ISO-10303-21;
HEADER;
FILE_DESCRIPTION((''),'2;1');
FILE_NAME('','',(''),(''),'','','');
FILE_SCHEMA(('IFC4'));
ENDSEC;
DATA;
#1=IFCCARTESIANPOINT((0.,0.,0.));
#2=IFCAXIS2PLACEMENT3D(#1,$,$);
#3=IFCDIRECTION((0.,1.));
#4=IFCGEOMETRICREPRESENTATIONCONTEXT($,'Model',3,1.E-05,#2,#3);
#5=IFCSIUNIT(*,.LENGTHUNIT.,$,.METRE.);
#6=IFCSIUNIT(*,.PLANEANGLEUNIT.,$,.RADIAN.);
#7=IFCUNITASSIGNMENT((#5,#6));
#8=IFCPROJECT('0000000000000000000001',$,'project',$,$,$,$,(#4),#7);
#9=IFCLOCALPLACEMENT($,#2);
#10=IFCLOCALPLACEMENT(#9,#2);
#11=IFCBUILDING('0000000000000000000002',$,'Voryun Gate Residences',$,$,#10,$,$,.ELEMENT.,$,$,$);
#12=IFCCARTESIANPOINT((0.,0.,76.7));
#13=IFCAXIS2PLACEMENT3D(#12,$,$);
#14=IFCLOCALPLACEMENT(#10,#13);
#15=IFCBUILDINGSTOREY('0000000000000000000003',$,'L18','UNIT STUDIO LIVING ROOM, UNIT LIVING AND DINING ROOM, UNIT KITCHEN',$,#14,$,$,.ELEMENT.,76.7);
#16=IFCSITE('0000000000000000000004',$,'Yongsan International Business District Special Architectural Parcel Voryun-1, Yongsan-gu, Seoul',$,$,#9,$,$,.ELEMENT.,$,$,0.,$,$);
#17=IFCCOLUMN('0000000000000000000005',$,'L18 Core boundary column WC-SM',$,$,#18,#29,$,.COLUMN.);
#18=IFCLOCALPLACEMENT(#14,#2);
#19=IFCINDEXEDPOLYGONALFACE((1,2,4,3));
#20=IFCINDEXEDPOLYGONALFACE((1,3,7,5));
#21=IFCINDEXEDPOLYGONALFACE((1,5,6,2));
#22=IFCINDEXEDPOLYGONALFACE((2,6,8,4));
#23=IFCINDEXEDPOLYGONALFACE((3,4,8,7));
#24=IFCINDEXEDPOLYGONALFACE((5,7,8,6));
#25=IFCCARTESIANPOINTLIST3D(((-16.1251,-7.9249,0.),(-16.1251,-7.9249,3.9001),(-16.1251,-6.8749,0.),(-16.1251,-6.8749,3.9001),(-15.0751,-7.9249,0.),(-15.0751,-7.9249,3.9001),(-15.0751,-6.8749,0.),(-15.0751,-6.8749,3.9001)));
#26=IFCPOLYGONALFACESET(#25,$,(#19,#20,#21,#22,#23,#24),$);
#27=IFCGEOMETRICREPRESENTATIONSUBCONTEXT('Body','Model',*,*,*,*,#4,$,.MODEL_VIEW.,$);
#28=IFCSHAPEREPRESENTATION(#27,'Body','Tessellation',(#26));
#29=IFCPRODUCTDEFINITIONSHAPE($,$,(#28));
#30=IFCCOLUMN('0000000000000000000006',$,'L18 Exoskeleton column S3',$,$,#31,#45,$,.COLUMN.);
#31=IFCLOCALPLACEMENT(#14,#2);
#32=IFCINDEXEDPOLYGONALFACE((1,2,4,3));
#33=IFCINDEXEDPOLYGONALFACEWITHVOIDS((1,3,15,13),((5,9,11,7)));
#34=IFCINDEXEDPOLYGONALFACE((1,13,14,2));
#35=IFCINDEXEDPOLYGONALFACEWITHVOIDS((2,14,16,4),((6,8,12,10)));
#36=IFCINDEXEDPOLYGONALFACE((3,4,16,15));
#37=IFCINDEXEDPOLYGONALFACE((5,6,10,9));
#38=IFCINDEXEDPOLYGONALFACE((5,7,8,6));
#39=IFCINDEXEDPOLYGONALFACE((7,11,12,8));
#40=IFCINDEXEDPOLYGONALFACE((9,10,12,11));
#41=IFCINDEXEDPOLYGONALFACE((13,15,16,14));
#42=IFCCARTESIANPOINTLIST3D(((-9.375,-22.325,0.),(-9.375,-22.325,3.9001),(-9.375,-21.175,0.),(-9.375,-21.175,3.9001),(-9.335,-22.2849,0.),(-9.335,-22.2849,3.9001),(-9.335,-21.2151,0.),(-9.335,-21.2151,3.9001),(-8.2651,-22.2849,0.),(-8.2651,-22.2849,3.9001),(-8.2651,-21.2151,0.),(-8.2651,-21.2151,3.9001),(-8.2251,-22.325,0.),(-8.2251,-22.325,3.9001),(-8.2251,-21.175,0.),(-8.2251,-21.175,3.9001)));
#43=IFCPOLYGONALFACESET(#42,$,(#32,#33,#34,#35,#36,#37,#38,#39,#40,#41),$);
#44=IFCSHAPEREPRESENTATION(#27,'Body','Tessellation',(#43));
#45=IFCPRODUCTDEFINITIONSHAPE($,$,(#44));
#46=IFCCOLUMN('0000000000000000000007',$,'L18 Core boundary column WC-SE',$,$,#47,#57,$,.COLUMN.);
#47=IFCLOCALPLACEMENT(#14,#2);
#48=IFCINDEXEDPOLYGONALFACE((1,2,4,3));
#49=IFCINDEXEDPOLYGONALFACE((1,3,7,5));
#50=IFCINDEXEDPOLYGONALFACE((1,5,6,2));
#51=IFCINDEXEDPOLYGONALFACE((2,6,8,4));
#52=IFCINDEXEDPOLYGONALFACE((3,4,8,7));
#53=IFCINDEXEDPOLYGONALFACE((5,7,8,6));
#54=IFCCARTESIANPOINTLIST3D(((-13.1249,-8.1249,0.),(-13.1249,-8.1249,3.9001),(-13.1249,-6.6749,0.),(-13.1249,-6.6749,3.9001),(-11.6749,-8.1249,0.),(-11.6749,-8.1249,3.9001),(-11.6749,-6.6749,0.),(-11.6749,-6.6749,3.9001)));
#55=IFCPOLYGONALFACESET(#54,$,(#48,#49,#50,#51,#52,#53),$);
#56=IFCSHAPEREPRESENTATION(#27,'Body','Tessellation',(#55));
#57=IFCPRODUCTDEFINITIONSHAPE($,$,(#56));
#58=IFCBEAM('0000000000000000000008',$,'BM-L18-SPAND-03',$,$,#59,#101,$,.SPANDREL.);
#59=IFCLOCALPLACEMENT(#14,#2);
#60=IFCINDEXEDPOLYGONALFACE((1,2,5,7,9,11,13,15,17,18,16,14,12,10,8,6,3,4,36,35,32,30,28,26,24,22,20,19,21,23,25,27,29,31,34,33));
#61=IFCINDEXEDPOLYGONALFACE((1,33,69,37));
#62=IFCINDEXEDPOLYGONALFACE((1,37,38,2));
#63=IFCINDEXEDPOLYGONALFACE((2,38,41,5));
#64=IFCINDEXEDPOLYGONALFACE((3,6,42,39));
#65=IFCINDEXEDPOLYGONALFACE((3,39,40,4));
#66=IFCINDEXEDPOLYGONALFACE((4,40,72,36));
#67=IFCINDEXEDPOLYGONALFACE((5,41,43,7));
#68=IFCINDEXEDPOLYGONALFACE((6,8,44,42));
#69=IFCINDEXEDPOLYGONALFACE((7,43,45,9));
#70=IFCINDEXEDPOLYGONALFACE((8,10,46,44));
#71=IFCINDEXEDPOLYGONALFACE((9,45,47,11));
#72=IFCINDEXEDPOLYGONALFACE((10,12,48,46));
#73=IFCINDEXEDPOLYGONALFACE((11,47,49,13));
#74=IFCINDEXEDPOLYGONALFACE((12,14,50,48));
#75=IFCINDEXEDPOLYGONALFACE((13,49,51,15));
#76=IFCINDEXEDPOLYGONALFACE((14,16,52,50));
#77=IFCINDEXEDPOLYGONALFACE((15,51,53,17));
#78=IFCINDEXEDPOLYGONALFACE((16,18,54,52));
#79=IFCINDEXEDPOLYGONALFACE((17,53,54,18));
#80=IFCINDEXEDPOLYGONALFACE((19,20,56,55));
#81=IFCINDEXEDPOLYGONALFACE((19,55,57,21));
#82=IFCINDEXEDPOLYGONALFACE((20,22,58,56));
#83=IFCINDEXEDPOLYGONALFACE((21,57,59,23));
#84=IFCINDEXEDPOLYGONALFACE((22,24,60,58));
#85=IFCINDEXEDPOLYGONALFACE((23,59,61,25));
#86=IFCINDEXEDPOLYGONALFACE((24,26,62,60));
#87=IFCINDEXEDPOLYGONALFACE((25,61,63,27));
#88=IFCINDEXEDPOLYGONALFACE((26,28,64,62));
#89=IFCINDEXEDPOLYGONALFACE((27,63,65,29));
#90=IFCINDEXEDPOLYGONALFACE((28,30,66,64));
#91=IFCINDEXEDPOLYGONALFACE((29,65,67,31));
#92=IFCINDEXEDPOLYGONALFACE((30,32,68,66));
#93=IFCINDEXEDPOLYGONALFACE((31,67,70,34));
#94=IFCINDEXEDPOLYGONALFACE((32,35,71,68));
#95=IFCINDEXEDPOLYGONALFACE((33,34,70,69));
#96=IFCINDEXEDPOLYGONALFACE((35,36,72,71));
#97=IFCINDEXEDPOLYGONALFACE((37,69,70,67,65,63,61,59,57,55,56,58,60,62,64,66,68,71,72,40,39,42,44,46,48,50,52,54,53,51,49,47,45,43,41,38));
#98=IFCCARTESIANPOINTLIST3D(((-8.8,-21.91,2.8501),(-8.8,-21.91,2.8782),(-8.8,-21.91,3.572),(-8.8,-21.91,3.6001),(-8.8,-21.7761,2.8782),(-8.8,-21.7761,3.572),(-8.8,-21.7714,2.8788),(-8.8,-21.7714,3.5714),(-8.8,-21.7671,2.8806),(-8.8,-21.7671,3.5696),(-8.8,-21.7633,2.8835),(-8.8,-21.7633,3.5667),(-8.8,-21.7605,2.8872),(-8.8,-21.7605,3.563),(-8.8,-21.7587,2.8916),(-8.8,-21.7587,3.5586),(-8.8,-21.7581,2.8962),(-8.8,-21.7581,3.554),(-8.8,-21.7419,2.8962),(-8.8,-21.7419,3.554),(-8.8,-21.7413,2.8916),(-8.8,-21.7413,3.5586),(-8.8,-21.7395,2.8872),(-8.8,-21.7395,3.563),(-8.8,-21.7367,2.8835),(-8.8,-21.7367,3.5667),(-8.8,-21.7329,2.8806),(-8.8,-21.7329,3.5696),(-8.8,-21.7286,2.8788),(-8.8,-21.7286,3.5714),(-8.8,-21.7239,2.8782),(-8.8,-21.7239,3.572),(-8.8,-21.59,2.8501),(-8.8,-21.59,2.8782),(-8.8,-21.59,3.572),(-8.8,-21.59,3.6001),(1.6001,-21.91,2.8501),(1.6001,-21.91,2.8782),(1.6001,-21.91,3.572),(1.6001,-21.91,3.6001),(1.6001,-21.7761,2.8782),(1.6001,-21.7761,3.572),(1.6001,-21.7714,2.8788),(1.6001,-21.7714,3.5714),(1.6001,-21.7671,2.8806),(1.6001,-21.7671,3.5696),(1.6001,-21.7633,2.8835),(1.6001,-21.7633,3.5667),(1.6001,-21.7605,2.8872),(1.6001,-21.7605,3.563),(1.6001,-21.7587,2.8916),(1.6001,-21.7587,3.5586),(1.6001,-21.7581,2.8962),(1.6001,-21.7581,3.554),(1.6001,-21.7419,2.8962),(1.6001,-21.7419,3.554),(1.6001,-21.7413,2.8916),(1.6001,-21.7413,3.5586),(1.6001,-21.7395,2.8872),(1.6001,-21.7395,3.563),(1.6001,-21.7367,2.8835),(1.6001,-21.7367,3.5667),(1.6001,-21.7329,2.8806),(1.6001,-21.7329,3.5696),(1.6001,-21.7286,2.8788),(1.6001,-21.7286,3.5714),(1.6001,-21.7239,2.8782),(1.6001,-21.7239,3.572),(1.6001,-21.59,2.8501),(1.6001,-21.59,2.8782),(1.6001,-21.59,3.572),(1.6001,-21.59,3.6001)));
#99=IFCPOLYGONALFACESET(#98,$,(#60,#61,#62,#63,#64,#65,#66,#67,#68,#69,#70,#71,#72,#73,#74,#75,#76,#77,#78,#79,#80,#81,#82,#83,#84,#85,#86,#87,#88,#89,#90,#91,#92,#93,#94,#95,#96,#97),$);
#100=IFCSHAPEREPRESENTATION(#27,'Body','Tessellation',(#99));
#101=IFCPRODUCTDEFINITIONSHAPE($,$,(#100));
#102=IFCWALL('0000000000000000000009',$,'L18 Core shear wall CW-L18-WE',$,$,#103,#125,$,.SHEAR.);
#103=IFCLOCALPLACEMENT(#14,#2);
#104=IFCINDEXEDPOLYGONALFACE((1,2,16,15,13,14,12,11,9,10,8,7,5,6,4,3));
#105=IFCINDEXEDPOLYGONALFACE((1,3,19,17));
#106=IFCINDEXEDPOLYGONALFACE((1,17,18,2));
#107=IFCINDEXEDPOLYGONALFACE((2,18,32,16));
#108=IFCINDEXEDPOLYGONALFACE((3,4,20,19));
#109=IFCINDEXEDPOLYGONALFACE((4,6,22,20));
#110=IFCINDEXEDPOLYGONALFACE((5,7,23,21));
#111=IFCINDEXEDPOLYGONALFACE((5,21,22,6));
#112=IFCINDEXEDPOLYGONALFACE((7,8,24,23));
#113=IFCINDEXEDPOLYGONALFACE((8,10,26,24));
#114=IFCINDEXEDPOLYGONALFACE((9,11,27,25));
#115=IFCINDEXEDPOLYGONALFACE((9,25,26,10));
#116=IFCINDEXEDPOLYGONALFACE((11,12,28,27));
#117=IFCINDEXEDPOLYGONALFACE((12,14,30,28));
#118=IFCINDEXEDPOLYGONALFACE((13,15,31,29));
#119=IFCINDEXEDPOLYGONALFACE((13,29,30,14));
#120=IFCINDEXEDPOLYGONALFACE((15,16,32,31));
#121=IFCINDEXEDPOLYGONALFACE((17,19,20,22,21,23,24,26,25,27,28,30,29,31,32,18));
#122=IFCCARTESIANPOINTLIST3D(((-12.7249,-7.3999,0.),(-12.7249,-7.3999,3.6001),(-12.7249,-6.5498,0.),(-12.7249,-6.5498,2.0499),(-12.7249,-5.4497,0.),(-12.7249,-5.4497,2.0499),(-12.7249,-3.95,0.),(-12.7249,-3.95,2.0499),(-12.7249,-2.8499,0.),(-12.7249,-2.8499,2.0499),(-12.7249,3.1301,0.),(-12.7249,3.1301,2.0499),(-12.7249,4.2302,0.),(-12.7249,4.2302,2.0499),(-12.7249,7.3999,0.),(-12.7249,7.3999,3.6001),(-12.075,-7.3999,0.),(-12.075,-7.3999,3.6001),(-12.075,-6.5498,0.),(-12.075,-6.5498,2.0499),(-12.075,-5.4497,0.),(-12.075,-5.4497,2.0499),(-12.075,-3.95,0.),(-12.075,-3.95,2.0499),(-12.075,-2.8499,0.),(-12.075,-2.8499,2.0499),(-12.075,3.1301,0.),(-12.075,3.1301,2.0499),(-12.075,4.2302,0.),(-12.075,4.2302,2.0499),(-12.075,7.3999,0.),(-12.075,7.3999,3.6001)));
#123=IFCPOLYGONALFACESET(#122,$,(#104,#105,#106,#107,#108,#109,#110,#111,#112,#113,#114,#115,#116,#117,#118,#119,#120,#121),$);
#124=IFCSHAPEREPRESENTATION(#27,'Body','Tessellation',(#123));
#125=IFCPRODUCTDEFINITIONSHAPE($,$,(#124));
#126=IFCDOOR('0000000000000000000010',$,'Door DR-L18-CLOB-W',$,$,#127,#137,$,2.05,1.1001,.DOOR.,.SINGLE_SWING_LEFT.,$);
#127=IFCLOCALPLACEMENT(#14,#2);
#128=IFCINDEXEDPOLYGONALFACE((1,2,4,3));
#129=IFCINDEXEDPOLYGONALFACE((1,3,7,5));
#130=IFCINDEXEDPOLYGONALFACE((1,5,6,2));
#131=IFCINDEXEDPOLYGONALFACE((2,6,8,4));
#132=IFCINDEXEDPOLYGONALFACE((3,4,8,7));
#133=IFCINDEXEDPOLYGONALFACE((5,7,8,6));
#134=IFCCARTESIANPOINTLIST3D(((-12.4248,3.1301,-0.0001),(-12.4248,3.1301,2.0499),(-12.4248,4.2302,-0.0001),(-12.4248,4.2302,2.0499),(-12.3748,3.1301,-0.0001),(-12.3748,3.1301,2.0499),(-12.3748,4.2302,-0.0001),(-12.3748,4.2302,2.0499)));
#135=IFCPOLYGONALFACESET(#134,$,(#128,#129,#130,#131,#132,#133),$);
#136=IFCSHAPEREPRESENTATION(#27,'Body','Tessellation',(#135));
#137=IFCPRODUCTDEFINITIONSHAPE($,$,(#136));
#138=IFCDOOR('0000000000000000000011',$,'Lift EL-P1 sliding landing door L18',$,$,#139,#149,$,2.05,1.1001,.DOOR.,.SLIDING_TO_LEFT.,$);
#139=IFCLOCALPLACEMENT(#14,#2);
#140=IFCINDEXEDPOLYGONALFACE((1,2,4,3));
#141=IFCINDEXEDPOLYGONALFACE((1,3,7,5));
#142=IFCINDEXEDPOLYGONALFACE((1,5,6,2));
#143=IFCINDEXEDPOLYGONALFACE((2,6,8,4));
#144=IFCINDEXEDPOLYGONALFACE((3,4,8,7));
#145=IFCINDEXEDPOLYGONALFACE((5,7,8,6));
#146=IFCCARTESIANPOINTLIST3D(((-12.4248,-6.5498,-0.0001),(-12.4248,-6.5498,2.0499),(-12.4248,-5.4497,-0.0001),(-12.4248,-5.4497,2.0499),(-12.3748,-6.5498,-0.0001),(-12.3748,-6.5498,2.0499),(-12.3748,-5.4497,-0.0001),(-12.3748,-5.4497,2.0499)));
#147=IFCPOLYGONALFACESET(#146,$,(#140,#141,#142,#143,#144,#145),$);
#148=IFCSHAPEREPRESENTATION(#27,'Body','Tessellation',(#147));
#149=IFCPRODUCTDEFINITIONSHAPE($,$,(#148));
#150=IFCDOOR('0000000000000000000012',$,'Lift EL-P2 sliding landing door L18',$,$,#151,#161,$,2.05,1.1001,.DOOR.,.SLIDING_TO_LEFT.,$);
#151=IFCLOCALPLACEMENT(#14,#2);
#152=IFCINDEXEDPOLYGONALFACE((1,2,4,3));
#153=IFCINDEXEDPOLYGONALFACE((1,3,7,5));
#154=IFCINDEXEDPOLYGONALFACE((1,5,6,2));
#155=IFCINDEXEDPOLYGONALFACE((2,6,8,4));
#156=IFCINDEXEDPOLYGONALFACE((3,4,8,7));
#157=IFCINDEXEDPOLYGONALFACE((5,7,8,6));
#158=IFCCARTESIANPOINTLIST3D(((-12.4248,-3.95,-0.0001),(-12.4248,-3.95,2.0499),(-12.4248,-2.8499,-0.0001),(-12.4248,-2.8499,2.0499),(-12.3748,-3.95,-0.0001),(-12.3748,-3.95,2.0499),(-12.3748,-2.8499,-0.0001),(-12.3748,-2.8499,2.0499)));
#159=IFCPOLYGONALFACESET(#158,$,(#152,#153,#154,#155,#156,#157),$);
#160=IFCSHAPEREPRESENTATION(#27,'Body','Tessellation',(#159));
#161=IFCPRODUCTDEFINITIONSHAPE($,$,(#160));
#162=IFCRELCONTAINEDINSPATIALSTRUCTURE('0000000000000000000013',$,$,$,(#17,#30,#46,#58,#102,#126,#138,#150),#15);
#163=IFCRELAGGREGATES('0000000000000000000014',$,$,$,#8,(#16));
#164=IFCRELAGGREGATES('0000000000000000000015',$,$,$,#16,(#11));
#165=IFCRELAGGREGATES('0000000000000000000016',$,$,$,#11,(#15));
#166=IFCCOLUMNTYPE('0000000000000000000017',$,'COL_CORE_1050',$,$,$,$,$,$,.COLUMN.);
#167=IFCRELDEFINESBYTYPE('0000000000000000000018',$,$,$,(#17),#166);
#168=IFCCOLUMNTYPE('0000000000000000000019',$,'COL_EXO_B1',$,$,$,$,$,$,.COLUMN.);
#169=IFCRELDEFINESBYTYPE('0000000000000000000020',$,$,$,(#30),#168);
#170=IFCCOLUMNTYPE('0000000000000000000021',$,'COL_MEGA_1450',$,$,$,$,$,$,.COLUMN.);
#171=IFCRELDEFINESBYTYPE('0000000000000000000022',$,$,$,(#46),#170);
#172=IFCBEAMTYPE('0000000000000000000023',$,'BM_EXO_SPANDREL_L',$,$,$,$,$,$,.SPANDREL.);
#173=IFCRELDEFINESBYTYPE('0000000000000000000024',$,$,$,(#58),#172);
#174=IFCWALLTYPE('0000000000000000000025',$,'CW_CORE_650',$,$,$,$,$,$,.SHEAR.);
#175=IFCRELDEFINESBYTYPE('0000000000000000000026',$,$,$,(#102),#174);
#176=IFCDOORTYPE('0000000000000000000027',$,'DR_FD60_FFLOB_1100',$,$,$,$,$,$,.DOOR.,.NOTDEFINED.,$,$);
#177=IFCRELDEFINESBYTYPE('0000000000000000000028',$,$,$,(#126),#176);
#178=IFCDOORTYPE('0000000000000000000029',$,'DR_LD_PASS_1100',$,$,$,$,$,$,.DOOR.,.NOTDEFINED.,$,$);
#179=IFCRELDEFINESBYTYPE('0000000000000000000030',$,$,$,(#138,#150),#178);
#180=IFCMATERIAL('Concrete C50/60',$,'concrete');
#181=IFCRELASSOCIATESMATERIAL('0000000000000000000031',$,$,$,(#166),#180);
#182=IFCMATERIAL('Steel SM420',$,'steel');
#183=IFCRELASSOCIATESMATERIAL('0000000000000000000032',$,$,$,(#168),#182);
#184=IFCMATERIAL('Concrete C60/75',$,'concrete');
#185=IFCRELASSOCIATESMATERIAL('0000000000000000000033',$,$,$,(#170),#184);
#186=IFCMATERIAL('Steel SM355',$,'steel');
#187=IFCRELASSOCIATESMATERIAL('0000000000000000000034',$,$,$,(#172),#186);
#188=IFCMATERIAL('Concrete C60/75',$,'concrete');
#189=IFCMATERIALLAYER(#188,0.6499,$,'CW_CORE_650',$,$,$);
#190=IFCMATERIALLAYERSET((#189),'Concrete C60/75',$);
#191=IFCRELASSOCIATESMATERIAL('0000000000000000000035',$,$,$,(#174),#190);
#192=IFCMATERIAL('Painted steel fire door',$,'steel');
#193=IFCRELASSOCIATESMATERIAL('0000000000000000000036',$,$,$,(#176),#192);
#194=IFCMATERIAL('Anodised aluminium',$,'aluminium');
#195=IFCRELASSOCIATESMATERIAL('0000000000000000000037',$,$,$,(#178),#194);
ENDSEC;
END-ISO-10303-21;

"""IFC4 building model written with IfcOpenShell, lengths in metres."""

from ifc_helpers import new_model, si_unit, direction, frame, frame_2d, origin, origin_2d, place, context, subcontext, project, spatial, rectangle, hollow_rectangle, i_section, extrude, material, layer, layer_set, material_profile, profile_set, type_object, element, fill, save


model = new_model("IFC4")

# Units and contexts
model_context = context("Model", 3, precision=1e-05, world=origin(), true_north=direction((0.0, 1.0)))
body_context = subcontext(model_context, "Body", "Model", "MODEL_VIEW")
ifc_project = project(units=[si_unit("LENGTHUNIT", "METRE"), si_unit("PLANEANGLEUNIT", "RADIAN")], contexts=[model_context])

# Site, building, storey
site_placement = place(None, origin())
site = spatial("IfcSite", under=ifc_project, at=site_placement, Name="Yongsan International Business District Special Architectural Parcel Voryun-1, Yongsan-gu, Seoul", CompositionType="ELEMENT", RefElevation=0.0)
building_placement = place(site_placement, origin())
building = spatial("IfcBuilding", under=site, at=building_placement, Name="Voryun Gate Residences", CompositionType="ELEMENT")
storey_placement = place(building_placement, frame((0.0, 0.0, 76.7)))
storey = spatial("IfcBuildingStorey", under=building, at=storey_placement, Name="L18", Description="UNIT STUDIO LIVING ROOM, UNIT LIVING AND DINING ROOM, UNIT KITCHEN", CompositionType="ELEMENT", Elevation=76.7)

# Columns
ifc_material_1 = material(Name="Concrete C50/60", Category="concrete")
ifc_material_profile_1 = material_profile(ifc_material_1, rectangle(XDim=1.05, YDim=1.05, at=origin_2d()), Name="RC-1050x1050")
ifc_profile_set_1 = profile_set([ifc_material_profile_1], Name="Concrete C50/60")
column_type_1 = type_object("IfcColumnType", Name="COL_CORE_1050", PredefinedType="COLUMN", material=ifc_profile_set_1)
column_1_placement = place(storey_placement, frame((-15.6001, -7.3999, 0.0), z_axis=(0.0, 0.0, 1.0), x_axis=(1.0, 0.0, 0.0)))
element("IfcColumn", 1, at=column_1_placement, inside=storey, type_object=column_type_1, Name="L18 Core boundary column WC-SM", PredefinedType="COLUMN", context=body_context, shape_type="SweptSolid", body=[
    extrude(rectangle(XDim=1.05, YDim=1.05, at=origin_2d()), origin(), (0.0, 0.0, 1.0), 3.9001),
])
ifc_material_2 = material(Name="Steel SM420", Category="steel")
ifc_material_profile_2 = material_profile(ifc_material_2, hollow_rectangle(XDim=1.1499, YDim=1.1499, WallThickness=0.04, at=origin_2d()), Name="BOX-1150x1150x40")
ifc_profile_set_2 = profile_set([ifc_material_profile_2], Name="Steel SM420")
column_type_2 = type_object("IfcColumnType", Name="COL_EXO_B1", PredefinedType="COLUMN", material=ifc_profile_set_2)
column_2_placement = place(storey_placement, frame((-8.8, -21.75, 0.0), z_axis=(0.0, 0.0, 1.0), x_axis=(1.0, 0.0, 0.0)))
element("IfcColumn", 2, at=column_2_placement, inside=storey, type_object=column_type_2, Name="L18 Exoskeleton column S3", PredefinedType="COLUMN", context=body_context, shape_type="SweptSolid", body=[
    extrude(hollow_rectangle(XDim=1.1499, YDim=1.1499, WallThickness=0.04, at=origin_2d()), origin(), (0.0, 0.0, 1.0), 3.9001),
])
ifc_material_3 = material(Name="Concrete C60/75", Category="concrete")
ifc_material_profile_3 = material_profile(ifc_material_3, rectangle(XDim=1.45, YDim=1.45, at=origin_2d()), Name="RC-1450x1450")
ifc_profile_set_3 = profile_set([ifc_material_profile_3], Name="Concrete C60/75")
column_type_3 = type_object("IfcColumnType", Name="COL_MEGA_1450", PredefinedType="COLUMN", material=ifc_profile_set_3)
column_3_placement = place(storey_placement, frame((-12.3999, -7.3999, 0.0), z_axis=(0.0, 0.0, 1.0), x_axis=(1.0, 0.0, 0.0)))
element("IfcColumn", 3, at=column_3_placement, inside=storey, type_object=column_type_3, Name="L18 Core boundary column WC-SE", PredefinedType="COLUMN", context=body_context, shape_type="SweptSolid", body=[
    extrude(rectangle(XDim=1.45, YDim=1.45, at=origin_2d()), origin(), (0.0, 0.0, 1.0), 3.9001),
])

# Beam
ifc_material_4 = material(Name="Steel SM355", Category="steel")
ifc_material_profile_4 = material_profile(ifc_material_4, i_section(OverallWidth=0.3201, OverallDepth=0.75, WebThickness=0.0161, FlangeThickness=0.0281, FilletRadius=0.0181, at=origin_2d()), Name="H-750x320x16x28")
ifc_profile_set_4 = profile_set([ifc_material_profile_4], Name="Steel SM355")
beam_type = type_object("IfcBeamType", Name="BM_EXO_SPANDREL_L", PredefinedType="SPANDREL", material=ifc_profile_set_4)
beam_placement = place(storey_placement, frame((-8.8, -21.75, 3.2251), z_axis=(1.0, 0.0, 0.0), x_axis=(0.0, 1.0, 0.0)))
element("IfcBeam", 4, at=beam_placement, inside=storey, type_object=beam_type, Name="BM-L18-SPAND-03", PredefinedType="SPANDREL", context=body_context, shape_type="SweptSolid", body=[
    extrude(i_section(OverallWidth=0.3201, OverallDepth=0.75, WebThickness=0.0161, FlangeThickness=0.0281, FilletRadius=0.0181, at=origin_2d()), origin(), (0.0, 0.0, 1.0), 10.4001),
])

# Wall, openings, doors
ifc_material_5 = material(Name="Concrete C60/75", Category="concrete")
ifc_layer_1 = layer(ifc_material_5, 0.6499, Name="CW_CORE_650")
ifc_layer_set_1 = layer_set([ifc_layer_1], Name="Concrete C60/75")
wall_type_1 = type_object("IfcWallType", Name="CW_CORE_650", PredefinedType="SHEAR", material=ifc_layer_set_1)
wall_1_placement = place(storey_placement, frame((-12.3999, -7.3999, 0.0), z_axis=(0.0, 0.0, 1.0), x_axis=(0.0, 1.0, 0.0)))
wall_1 = element("IfcWall", 5, at=wall_1_placement, inside=storey, type_object=wall_type_1, Name="L18 Core shear wall CW-L18-WE", PredefinedType="SHEAR", context=body_context, shape_type="SweptSolid", body=[
    extrude(rectangle(XDim=14.7998, YDim=0.6499, at=frame_2d((7.3999, 0.0))), origin(), (0.0, 0.0, 1.0), 3.6001),
])
opening_1_placement = place(wall_1_placement, frame((0.8501, 0.0, 0.0)))
opening_1 = element("IfcOpeningElement", 6, at=opening_1_placement, cuts=wall_1, PredefinedType="OPENING", context=body_context, shape_type="SweptSolid", body=[
    extrude(rectangle(XDim=1.1001, YDim=2.05, at=frame_2d((0.55, 1.0249))), frame((0.0, 0.335, 0.0), z_axis=(0.0, -1.0, 0.0), x_axis=(1.0, 0.0, 0.0)), (0.0, 0.0, 1.0), 0.6699),
])
opening_2_placement = place(wall_1_placement, frame((3.45, 0.0, 0.0)))
opening_2 = element("IfcOpeningElement", 7, at=opening_2_placement, cuts=wall_1, PredefinedType="OPENING", context=body_context, shape_type="SweptSolid", body=[
    extrude(rectangle(XDim=1.1001, YDim=2.05, at=frame_2d((0.55, 1.0249))), frame((0.0, 0.335, 0.0), z_axis=(0.0, -1.0, 0.0), x_axis=(1.0, 0.0, 0.0)), (0.0, 0.0, 1.0), 0.6699),
])
opening_3_placement = place(wall_1_placement, frame((10.53, 0.0, 0.0)))
opening_3 = element("IfcOpeningElement", 8, at=opening_3_placement, cuts=wall_1, PredefinedType="OPENING", context=body_context, shape_type="SweptSolid", body=[
    extrude(rectangle(XDim=1.1001, YDim=2.05, at=frame_2d((0.55, 1.0249))), frame((0.0, 0.335, 0.0), z_axis=(0.0, -1.0, 0.0), x_axis=(1.0, 0.0, 0.0)), (0.0, 0.0, 1.0), 0.6699),
])
ifc_material_6 = material(Name="Painted steel fire door", Category="steel")
door_type_1 = type_object("IfcDoorType", Name="DR_FD60_FFLOB_1100", OperationType="NOTDEFINED", PredefinedType="DOOR", material=ifc_material_6)
door_1_placement = place(opening_3_placement, origin())
door_1 = element("IfcDoor", 9, at=door_1_placement, inside=storey, type_object=door_type_1, Name="Door DR-L18-CLOB-W", OperationType="SINGLE_SWING_LEFT", OverallHeight=2.05, OverallWidth=1.1001, PredefinedType="DOOR", context=body_context, shape_type="SweptSolid", body=[
    extrude(rectangle(XDim=1.1001, YDim=2.05, at=frame_2d((0.55, 1.0249))), frame((0.0, 0.0249, 0.0), z_axis=(0.0, -1.0, 0.0), x_axis=(1.0, 0.0, 0.0)), (0.0, 0.0, 1.0), 0.05),
])
fill(opening_3, door_1)
ifc_material_7 = material(Name="Anodised aluminium", Category="aluminium")
door_type_2 = type_object("IfcDoorType", Name="DR_LD_PASS_1100", OperationType="NOTDEFINED", PredefinedType="DOOR", material=ifc_material_7)
door_2_placement = place(opening_1_placement, origin())
door_2 = element("IfcDoor", 10, at=door_2_placement, inside=storey, type_object=door_type_2, Name="Lift EL-P1 sliding landing door L18", OperationType="SLIDING_TO_LEFT", OverallHeight=2.05, OverallWidth=1.1001, PredefinedType="DOOR", context=body_context, shape_type="SweptSolid", body=[
    extrude(rectangle(XDim=1.1001, YDim=2.05, at=frame_2d((0.55, 1.0249))), frame((0.0, 0.0249, 0.0), z_axis=(0.0, -1.0, 0.0), x_axis=(1.0, 0.0, 0.0)), (0.0, 0.0, 1.0), 0.05),
])
fill(opening_1, door_2)
door_3_placement = place(opening_2_placement, origin())
door_3 = element("IfcDoor", 11, at=door_3_placement, inside=storey, type_object=door_type_2, Name="Lift EL-P2 sliding landing door L18", OperationType="SLIDING_TO_LEFT", OverallHeight=2.05, OverallWidth=1.1001, PredefinedType="DOOR", context=body_context, shape_type="SweptSolid", body=[
    extrude(rectangle(XDim=1.1001, YDim=2.05, at=frame_2d((0.55, 1.0249))), frame((0.0, 0.0249, 0.0), z_axis=(0.0, -1.0, 0.0), x_axis=(1.0, 0.0, 0.0)), (0.0, 0.0, 1.0), 0.05),
])
fill(opening_2, door_3)

save(model, "model.ifc")
